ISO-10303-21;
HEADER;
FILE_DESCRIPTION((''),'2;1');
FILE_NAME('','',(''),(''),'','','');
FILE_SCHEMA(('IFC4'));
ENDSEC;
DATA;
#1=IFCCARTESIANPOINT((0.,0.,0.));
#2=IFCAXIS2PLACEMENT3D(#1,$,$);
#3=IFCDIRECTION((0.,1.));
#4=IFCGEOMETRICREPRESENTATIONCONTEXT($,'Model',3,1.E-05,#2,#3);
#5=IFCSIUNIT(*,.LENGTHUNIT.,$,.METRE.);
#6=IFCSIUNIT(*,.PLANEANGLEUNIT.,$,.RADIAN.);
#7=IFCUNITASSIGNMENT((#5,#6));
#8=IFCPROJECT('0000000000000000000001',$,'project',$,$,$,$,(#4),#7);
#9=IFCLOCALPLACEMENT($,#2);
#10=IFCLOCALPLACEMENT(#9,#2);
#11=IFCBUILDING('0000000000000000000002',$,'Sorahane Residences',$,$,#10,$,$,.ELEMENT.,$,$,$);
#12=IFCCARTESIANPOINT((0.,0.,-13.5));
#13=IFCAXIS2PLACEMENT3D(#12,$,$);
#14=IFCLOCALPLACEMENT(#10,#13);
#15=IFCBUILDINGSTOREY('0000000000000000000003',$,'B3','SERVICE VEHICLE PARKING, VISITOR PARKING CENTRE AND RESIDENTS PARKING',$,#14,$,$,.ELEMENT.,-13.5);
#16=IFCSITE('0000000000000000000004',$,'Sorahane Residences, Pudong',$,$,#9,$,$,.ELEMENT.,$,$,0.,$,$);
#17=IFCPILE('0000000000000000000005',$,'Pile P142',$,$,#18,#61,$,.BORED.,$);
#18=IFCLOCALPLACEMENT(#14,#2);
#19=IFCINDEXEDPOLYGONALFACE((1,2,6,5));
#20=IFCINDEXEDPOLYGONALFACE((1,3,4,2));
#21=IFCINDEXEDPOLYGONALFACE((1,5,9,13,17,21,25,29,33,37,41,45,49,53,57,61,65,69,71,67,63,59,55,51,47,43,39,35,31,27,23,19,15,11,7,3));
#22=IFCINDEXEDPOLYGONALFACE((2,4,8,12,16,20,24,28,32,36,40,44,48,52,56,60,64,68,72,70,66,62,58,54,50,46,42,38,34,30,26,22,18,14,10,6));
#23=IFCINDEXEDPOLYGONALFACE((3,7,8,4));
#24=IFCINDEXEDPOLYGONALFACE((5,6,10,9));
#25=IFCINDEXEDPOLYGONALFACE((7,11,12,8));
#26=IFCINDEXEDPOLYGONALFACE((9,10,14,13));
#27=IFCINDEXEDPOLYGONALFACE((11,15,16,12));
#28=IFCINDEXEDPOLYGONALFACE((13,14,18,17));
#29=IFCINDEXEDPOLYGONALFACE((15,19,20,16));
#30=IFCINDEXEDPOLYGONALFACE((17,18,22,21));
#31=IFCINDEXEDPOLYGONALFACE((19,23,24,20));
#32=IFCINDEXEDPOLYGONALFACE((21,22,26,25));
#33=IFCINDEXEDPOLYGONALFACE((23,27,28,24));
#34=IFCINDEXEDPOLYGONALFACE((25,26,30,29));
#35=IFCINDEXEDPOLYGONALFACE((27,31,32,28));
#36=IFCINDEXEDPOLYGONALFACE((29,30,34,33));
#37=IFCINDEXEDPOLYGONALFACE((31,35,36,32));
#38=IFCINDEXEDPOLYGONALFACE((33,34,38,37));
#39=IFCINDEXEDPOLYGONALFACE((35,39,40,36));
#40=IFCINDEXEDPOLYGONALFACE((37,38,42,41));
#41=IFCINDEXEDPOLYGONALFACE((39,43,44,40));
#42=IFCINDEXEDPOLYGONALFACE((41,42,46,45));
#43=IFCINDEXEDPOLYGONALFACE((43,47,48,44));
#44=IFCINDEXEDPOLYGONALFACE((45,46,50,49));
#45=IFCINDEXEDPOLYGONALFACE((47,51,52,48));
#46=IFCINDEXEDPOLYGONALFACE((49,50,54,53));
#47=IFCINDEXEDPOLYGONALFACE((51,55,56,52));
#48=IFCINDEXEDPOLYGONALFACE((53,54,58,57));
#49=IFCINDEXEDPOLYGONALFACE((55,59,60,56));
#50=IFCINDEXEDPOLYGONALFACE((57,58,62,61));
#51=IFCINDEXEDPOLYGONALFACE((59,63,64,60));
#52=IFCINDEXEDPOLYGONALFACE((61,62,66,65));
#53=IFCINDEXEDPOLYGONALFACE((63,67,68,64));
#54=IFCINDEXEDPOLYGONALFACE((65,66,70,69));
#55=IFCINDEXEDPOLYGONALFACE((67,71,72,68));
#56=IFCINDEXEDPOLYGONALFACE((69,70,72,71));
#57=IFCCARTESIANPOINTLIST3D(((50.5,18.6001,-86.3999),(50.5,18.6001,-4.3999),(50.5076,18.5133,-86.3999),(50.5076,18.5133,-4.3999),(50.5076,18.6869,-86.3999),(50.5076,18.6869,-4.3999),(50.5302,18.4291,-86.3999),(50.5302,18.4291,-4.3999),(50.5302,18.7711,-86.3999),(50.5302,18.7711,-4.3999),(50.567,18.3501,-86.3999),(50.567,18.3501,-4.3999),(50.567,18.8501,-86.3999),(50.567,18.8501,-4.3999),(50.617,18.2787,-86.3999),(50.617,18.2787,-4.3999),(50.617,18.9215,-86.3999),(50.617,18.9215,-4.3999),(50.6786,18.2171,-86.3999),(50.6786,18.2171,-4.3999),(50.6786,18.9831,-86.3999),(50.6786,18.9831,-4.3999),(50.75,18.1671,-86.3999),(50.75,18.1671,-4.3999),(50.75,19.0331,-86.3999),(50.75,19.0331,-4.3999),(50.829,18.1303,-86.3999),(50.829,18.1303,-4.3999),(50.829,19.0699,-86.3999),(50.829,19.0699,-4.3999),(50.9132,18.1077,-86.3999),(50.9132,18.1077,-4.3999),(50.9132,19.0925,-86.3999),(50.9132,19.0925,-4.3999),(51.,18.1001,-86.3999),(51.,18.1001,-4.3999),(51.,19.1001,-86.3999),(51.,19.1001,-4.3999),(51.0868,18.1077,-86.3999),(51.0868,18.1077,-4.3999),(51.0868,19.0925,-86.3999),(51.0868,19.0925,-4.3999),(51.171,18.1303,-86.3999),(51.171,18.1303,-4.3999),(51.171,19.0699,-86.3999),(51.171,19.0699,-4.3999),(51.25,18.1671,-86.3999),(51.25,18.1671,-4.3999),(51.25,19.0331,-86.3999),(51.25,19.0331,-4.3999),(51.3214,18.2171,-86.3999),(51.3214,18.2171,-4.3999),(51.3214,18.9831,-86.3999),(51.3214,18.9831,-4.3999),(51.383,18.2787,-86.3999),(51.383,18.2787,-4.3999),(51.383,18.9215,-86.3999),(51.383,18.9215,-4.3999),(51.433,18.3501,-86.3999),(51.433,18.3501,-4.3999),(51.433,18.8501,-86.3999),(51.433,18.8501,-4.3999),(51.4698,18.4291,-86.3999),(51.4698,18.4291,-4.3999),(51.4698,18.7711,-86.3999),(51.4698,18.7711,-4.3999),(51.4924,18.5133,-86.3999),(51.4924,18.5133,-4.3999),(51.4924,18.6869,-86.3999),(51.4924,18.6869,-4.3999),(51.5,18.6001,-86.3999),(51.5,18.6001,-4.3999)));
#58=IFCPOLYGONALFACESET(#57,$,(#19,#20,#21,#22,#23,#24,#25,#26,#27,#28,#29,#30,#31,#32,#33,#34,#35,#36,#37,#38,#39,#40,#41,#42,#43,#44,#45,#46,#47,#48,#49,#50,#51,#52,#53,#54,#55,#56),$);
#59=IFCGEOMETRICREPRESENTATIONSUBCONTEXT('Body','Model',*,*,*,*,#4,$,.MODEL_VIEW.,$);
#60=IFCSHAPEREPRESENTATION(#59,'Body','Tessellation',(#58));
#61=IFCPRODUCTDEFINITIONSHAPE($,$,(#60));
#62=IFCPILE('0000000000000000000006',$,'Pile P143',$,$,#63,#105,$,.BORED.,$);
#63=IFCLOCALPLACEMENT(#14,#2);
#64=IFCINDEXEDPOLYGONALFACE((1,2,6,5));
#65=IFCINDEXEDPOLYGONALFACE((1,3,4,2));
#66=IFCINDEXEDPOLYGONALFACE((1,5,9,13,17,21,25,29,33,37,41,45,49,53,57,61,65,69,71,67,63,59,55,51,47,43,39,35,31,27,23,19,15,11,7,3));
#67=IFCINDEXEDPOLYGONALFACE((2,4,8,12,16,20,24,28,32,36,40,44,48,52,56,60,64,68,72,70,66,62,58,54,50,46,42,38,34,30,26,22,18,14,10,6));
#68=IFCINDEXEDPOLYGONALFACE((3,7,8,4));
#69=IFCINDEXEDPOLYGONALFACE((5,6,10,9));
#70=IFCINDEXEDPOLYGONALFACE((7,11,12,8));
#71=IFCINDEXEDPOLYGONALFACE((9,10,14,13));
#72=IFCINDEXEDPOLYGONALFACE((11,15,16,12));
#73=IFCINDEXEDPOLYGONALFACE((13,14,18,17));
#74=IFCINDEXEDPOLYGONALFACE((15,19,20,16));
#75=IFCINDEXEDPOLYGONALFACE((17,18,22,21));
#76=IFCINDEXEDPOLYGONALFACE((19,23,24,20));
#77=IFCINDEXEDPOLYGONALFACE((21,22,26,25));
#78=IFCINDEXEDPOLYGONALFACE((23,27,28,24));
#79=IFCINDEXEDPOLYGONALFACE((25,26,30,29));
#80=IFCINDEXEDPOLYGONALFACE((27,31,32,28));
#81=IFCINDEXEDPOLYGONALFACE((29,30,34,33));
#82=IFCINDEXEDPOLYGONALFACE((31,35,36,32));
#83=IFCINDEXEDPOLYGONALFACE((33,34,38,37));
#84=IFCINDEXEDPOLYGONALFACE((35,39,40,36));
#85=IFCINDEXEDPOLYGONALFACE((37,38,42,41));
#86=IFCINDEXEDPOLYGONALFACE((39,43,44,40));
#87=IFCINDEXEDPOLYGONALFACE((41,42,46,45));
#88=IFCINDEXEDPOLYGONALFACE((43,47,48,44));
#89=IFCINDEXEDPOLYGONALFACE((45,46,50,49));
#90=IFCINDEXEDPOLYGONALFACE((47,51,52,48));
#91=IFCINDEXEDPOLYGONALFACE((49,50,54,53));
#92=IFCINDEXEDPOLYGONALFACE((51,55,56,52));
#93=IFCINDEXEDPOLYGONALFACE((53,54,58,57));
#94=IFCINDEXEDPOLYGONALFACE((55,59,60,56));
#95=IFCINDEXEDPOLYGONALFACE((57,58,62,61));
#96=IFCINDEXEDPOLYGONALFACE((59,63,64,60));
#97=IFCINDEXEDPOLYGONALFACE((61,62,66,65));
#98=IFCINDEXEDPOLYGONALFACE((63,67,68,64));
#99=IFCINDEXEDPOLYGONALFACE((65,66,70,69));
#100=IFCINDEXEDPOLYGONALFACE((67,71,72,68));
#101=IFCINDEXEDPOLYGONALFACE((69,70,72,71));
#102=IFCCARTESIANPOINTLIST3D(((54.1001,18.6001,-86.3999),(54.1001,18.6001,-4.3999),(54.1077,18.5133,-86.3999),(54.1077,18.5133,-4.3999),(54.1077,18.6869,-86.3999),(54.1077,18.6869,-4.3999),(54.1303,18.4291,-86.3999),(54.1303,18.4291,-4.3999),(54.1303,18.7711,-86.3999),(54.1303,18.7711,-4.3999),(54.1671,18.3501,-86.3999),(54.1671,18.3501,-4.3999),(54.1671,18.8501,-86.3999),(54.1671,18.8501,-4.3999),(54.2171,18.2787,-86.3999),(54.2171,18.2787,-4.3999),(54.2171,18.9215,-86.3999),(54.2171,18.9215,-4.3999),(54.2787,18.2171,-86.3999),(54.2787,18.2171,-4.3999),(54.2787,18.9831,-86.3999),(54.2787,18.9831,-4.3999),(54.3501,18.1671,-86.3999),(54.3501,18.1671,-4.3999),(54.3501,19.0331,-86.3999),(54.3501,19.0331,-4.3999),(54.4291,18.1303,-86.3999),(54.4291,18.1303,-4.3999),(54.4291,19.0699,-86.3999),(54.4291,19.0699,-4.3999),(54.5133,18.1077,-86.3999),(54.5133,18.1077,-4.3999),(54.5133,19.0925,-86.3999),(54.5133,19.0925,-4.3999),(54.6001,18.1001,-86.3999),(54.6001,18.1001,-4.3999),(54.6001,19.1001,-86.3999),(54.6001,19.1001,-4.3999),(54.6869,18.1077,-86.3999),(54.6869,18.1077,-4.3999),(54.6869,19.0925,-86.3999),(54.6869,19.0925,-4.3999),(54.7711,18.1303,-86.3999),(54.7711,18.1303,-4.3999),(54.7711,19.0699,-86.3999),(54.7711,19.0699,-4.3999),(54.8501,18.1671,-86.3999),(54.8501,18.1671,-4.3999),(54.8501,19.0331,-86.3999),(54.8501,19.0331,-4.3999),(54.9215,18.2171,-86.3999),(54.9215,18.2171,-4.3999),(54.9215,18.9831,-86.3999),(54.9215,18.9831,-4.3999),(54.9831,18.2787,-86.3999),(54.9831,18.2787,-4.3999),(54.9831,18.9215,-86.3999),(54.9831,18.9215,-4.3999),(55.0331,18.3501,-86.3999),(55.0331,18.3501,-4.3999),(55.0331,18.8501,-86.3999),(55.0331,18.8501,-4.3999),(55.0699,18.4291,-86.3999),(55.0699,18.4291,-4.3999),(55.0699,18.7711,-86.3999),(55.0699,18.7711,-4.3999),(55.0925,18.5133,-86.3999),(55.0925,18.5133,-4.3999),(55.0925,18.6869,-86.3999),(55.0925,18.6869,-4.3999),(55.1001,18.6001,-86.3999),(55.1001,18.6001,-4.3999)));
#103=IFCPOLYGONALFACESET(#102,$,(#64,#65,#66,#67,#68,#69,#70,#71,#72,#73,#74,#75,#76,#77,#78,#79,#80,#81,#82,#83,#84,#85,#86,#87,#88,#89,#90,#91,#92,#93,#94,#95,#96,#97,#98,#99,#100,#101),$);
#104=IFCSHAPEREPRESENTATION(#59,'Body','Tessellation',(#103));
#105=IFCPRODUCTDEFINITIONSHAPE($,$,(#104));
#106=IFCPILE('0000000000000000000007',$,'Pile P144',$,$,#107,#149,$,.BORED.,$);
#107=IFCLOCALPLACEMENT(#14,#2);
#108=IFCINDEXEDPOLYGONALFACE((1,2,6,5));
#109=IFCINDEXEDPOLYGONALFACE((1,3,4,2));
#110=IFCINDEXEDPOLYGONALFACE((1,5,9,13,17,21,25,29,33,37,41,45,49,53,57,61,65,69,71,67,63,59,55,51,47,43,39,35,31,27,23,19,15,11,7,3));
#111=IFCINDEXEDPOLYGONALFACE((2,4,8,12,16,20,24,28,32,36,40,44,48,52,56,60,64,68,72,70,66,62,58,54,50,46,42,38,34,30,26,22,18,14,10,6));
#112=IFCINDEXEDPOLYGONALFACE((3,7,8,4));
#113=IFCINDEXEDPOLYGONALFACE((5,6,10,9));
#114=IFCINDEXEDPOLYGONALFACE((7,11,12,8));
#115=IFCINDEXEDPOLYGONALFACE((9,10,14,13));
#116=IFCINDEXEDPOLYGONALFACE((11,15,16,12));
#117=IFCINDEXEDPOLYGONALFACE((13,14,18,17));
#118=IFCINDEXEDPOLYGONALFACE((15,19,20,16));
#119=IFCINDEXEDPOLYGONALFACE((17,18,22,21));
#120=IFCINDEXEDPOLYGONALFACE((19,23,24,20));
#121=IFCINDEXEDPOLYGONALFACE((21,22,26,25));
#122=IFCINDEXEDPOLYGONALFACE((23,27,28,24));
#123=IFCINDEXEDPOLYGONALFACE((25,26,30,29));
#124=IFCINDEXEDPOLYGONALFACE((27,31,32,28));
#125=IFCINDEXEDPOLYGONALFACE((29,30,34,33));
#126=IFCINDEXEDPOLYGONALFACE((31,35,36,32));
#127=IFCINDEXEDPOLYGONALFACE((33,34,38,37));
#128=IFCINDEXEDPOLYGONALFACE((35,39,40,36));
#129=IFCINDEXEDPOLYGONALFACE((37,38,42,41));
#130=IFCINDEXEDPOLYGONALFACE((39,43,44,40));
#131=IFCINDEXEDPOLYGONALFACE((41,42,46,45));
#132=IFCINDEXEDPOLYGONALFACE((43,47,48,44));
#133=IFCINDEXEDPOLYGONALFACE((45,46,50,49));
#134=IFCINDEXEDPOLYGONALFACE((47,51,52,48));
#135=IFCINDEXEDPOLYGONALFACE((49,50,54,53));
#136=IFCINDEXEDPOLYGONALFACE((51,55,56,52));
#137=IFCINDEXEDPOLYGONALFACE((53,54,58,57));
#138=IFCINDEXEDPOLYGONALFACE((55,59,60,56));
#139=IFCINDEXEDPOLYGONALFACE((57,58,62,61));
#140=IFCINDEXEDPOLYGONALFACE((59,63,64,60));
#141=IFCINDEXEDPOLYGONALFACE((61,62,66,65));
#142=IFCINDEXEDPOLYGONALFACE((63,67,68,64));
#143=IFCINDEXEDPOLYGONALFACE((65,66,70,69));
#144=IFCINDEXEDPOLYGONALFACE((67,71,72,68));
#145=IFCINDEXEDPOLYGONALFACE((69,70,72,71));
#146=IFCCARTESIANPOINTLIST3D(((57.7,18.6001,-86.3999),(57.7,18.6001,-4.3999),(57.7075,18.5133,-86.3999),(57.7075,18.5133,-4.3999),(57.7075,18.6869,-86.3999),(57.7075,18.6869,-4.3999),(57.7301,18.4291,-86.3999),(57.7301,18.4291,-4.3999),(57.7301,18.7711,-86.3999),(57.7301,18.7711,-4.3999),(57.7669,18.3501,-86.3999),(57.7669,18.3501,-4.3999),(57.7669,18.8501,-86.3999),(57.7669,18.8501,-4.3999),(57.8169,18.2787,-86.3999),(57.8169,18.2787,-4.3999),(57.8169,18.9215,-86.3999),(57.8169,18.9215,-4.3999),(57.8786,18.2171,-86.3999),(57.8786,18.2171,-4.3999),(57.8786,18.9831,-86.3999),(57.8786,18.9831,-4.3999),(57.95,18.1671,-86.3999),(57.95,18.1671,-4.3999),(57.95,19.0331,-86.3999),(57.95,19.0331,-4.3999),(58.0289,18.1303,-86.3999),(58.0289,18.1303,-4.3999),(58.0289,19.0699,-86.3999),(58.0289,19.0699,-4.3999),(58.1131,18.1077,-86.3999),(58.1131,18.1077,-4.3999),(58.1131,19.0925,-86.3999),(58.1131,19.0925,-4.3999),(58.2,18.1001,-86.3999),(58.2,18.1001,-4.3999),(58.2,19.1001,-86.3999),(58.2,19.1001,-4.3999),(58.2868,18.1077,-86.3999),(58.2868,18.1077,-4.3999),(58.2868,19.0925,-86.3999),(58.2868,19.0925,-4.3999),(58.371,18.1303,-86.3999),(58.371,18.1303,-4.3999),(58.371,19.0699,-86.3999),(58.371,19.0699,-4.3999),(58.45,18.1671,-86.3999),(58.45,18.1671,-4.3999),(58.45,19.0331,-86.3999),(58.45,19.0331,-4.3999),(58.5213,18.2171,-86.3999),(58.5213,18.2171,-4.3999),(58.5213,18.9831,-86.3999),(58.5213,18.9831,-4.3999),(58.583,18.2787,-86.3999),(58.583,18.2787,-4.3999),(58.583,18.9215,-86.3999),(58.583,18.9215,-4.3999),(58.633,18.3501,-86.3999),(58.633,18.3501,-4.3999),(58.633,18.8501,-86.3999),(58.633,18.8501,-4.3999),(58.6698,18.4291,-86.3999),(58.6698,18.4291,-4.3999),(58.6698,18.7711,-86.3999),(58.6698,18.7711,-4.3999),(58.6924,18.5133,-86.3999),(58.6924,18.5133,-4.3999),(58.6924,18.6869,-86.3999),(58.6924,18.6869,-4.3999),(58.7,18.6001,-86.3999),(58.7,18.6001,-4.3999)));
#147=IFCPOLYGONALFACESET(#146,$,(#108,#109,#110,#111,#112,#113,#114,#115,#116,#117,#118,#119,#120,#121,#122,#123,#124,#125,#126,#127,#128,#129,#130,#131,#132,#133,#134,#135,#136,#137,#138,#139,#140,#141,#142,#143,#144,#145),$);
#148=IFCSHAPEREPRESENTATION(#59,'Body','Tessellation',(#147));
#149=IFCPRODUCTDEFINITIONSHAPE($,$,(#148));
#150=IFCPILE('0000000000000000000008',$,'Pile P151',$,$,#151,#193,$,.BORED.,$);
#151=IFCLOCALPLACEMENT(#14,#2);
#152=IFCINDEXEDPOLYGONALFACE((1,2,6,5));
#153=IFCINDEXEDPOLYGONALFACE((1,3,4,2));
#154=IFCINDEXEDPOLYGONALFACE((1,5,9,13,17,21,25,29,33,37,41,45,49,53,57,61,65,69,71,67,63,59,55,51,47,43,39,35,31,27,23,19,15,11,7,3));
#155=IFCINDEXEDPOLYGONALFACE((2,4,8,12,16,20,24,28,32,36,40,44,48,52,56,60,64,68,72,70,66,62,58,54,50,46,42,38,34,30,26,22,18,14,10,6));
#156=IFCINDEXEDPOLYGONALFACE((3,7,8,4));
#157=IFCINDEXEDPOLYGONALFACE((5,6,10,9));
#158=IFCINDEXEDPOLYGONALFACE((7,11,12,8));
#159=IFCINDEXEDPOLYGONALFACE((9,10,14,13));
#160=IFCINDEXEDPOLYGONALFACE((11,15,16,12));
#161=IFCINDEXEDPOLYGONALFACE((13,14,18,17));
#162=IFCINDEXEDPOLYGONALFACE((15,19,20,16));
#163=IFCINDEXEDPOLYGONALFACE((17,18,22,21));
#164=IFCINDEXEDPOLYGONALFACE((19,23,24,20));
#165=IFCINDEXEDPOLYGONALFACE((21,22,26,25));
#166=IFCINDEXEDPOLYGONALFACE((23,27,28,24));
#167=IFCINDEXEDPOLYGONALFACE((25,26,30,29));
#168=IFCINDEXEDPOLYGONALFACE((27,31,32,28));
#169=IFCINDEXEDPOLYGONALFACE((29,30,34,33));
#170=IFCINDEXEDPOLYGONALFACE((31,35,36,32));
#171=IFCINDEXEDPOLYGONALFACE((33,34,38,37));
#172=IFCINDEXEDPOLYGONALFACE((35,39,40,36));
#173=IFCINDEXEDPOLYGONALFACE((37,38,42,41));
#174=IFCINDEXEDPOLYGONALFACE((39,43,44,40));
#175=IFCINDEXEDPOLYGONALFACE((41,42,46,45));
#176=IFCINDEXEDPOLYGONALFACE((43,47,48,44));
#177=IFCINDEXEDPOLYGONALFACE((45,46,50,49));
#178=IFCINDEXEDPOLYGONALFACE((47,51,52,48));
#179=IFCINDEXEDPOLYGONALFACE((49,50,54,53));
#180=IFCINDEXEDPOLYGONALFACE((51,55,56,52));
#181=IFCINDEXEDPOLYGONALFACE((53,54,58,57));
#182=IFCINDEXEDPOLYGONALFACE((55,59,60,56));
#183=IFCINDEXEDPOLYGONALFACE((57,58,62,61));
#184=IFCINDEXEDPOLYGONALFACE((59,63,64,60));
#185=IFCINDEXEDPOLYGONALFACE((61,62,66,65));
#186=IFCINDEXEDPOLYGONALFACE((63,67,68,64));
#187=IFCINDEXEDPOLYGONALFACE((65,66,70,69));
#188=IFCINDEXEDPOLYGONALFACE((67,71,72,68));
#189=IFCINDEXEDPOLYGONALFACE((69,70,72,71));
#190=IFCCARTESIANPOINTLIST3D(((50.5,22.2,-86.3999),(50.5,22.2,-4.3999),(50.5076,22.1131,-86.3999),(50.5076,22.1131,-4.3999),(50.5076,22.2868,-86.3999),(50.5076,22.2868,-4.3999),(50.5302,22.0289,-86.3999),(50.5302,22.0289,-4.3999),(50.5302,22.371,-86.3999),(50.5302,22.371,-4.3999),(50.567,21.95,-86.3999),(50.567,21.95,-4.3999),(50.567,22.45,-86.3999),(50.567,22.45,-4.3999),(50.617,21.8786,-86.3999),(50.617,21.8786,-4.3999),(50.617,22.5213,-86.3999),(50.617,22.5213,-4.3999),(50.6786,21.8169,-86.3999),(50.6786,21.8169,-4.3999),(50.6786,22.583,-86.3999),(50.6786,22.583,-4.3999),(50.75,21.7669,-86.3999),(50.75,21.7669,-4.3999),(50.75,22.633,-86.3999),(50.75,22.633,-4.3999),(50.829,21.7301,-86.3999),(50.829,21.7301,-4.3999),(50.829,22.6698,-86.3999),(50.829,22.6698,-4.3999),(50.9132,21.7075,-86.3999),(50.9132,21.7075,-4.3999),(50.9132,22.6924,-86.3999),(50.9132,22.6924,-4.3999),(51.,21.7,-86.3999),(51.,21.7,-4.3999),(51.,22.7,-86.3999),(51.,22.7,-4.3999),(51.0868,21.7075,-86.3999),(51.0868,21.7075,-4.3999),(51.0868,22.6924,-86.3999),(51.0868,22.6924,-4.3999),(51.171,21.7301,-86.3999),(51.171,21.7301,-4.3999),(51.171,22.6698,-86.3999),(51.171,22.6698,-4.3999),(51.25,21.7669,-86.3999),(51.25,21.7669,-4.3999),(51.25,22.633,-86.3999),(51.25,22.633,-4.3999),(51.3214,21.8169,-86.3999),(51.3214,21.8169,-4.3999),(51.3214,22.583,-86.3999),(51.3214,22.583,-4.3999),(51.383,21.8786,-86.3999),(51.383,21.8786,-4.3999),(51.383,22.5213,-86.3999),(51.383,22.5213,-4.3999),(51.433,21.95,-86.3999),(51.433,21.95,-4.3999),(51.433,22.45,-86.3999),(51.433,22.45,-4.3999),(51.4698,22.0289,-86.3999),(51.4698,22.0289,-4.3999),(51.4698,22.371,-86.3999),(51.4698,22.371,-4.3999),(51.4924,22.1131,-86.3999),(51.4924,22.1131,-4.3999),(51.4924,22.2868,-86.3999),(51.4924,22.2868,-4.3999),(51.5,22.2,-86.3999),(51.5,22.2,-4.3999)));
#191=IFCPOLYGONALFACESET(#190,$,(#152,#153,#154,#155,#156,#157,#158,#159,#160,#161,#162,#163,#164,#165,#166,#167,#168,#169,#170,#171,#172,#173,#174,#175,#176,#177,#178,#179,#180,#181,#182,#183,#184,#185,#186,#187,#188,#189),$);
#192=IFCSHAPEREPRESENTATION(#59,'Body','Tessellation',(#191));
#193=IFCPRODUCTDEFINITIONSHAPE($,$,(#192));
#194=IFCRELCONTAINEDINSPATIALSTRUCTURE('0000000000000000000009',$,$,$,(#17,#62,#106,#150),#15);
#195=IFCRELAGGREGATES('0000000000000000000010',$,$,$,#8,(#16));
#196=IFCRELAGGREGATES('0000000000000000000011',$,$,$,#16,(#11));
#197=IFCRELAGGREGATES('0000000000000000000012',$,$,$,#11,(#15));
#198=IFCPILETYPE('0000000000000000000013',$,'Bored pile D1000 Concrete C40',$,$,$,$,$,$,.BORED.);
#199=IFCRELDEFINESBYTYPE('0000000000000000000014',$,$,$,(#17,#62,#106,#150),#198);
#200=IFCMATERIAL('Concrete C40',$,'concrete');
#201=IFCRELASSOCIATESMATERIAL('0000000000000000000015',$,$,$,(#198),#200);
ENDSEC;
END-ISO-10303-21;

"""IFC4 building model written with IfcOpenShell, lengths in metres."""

from ifc_helpers import new_model, si_unit, direction, frame, origin, origin_2d, place, context, subcontext, project, spatial, circle, extrude, material, material_profile, profile_set, type_object, element, save


model = new_model("IFC4")

# Units and contexts
model_context = context("Model", 3, precision=1e-05, world=origin(), true_north=direction((0.0, 1.0)))
body_context = subcontext(model_context, "Body", "Model", "MODEL_VIEW")
ifc_project = project(units=[si_unit("LENGTHUNIT", "METRE"), si_unit("PLANEANGLEUNIT", "RADIAN")], contexts=[model_context])

# Site, building, storey
site_placement = place(None, origin())
site = spatial("IfcSite", under=ifc_project, at=site_placement, Name="Sorahane Residences, Pudong", CompositionType="ELEMENT", RefElevation=0.0)
building_placement = place(site_placement, origin())
building = spatial("IfcBuilding", under=site, at=building_placement, Name="Sorahane Residences", CompositionType="ELEMENT")
storey_placement = place(building_placement, frame((0.0, 0.0, -13.5)))
storey = spatial("IfcBuildingStorey", under=building, at=storey_placement, Name="B3", Description="SERVICE VEHICLE PARKING, VISITOR PARKING CENTRE AND RESIDENTS PARKING", CompositionType="ELEMENT", Elevation=-13.5)

# Piles
ifc_material_1 = material(Name="Concrete C40", Category="concrete")
ifc_material_profile_1 = material_profile(ifc_material_1, circle(Radius=0.5, at=origin_2d()), Name="D1000")
ifc_profile_set_1 = profile_set([ifc_material_profile_1], Name="Concrete C40")
pile_type = type_object("IfcPileType", Name="Bored pile D1000 Concrete C40", PredefinedType="BORED", material=ifc_profile_set_1)
for number, where, z_axis, x_axis, name in (
    (1, (51.0, 18.6001, -4.3999), (0.0, 0.0, -1.0), (1.0, 0.0, 0.0), "Pile P142"),
    (2, (54.6001, 18.6001, -4.3999), (0.0, 0.0, -1.0), (1.0, 0.0, 0.0), "Pile P143"),
    (3, (58.2, 18.6001, -4.3999), (0.0, 0.0, -1.0), (1.0, 0.0, 0.0), "Pile P144"),
    (4, (51.0, 22.2, -4.3999), (0.0, 0.0, -1.0), (1.0, 0.0, 0.0), "Pile P151"),
):
    element("IfcPile", number, at=place(storey_placement, frame(where, z_axis=z_axis, x_axis=x_axis)), inside=storey, type_object=pile_type, Name=name, PredefinedType="BORED", context=body_context, shape_type="SweptSolid", body=[
        extrude(circle(Radius=0.5, at=origin_2d()), origin(), (0.0, 0.0, 1.0), 82.0),
    ])

save(model, "model.ifc")
